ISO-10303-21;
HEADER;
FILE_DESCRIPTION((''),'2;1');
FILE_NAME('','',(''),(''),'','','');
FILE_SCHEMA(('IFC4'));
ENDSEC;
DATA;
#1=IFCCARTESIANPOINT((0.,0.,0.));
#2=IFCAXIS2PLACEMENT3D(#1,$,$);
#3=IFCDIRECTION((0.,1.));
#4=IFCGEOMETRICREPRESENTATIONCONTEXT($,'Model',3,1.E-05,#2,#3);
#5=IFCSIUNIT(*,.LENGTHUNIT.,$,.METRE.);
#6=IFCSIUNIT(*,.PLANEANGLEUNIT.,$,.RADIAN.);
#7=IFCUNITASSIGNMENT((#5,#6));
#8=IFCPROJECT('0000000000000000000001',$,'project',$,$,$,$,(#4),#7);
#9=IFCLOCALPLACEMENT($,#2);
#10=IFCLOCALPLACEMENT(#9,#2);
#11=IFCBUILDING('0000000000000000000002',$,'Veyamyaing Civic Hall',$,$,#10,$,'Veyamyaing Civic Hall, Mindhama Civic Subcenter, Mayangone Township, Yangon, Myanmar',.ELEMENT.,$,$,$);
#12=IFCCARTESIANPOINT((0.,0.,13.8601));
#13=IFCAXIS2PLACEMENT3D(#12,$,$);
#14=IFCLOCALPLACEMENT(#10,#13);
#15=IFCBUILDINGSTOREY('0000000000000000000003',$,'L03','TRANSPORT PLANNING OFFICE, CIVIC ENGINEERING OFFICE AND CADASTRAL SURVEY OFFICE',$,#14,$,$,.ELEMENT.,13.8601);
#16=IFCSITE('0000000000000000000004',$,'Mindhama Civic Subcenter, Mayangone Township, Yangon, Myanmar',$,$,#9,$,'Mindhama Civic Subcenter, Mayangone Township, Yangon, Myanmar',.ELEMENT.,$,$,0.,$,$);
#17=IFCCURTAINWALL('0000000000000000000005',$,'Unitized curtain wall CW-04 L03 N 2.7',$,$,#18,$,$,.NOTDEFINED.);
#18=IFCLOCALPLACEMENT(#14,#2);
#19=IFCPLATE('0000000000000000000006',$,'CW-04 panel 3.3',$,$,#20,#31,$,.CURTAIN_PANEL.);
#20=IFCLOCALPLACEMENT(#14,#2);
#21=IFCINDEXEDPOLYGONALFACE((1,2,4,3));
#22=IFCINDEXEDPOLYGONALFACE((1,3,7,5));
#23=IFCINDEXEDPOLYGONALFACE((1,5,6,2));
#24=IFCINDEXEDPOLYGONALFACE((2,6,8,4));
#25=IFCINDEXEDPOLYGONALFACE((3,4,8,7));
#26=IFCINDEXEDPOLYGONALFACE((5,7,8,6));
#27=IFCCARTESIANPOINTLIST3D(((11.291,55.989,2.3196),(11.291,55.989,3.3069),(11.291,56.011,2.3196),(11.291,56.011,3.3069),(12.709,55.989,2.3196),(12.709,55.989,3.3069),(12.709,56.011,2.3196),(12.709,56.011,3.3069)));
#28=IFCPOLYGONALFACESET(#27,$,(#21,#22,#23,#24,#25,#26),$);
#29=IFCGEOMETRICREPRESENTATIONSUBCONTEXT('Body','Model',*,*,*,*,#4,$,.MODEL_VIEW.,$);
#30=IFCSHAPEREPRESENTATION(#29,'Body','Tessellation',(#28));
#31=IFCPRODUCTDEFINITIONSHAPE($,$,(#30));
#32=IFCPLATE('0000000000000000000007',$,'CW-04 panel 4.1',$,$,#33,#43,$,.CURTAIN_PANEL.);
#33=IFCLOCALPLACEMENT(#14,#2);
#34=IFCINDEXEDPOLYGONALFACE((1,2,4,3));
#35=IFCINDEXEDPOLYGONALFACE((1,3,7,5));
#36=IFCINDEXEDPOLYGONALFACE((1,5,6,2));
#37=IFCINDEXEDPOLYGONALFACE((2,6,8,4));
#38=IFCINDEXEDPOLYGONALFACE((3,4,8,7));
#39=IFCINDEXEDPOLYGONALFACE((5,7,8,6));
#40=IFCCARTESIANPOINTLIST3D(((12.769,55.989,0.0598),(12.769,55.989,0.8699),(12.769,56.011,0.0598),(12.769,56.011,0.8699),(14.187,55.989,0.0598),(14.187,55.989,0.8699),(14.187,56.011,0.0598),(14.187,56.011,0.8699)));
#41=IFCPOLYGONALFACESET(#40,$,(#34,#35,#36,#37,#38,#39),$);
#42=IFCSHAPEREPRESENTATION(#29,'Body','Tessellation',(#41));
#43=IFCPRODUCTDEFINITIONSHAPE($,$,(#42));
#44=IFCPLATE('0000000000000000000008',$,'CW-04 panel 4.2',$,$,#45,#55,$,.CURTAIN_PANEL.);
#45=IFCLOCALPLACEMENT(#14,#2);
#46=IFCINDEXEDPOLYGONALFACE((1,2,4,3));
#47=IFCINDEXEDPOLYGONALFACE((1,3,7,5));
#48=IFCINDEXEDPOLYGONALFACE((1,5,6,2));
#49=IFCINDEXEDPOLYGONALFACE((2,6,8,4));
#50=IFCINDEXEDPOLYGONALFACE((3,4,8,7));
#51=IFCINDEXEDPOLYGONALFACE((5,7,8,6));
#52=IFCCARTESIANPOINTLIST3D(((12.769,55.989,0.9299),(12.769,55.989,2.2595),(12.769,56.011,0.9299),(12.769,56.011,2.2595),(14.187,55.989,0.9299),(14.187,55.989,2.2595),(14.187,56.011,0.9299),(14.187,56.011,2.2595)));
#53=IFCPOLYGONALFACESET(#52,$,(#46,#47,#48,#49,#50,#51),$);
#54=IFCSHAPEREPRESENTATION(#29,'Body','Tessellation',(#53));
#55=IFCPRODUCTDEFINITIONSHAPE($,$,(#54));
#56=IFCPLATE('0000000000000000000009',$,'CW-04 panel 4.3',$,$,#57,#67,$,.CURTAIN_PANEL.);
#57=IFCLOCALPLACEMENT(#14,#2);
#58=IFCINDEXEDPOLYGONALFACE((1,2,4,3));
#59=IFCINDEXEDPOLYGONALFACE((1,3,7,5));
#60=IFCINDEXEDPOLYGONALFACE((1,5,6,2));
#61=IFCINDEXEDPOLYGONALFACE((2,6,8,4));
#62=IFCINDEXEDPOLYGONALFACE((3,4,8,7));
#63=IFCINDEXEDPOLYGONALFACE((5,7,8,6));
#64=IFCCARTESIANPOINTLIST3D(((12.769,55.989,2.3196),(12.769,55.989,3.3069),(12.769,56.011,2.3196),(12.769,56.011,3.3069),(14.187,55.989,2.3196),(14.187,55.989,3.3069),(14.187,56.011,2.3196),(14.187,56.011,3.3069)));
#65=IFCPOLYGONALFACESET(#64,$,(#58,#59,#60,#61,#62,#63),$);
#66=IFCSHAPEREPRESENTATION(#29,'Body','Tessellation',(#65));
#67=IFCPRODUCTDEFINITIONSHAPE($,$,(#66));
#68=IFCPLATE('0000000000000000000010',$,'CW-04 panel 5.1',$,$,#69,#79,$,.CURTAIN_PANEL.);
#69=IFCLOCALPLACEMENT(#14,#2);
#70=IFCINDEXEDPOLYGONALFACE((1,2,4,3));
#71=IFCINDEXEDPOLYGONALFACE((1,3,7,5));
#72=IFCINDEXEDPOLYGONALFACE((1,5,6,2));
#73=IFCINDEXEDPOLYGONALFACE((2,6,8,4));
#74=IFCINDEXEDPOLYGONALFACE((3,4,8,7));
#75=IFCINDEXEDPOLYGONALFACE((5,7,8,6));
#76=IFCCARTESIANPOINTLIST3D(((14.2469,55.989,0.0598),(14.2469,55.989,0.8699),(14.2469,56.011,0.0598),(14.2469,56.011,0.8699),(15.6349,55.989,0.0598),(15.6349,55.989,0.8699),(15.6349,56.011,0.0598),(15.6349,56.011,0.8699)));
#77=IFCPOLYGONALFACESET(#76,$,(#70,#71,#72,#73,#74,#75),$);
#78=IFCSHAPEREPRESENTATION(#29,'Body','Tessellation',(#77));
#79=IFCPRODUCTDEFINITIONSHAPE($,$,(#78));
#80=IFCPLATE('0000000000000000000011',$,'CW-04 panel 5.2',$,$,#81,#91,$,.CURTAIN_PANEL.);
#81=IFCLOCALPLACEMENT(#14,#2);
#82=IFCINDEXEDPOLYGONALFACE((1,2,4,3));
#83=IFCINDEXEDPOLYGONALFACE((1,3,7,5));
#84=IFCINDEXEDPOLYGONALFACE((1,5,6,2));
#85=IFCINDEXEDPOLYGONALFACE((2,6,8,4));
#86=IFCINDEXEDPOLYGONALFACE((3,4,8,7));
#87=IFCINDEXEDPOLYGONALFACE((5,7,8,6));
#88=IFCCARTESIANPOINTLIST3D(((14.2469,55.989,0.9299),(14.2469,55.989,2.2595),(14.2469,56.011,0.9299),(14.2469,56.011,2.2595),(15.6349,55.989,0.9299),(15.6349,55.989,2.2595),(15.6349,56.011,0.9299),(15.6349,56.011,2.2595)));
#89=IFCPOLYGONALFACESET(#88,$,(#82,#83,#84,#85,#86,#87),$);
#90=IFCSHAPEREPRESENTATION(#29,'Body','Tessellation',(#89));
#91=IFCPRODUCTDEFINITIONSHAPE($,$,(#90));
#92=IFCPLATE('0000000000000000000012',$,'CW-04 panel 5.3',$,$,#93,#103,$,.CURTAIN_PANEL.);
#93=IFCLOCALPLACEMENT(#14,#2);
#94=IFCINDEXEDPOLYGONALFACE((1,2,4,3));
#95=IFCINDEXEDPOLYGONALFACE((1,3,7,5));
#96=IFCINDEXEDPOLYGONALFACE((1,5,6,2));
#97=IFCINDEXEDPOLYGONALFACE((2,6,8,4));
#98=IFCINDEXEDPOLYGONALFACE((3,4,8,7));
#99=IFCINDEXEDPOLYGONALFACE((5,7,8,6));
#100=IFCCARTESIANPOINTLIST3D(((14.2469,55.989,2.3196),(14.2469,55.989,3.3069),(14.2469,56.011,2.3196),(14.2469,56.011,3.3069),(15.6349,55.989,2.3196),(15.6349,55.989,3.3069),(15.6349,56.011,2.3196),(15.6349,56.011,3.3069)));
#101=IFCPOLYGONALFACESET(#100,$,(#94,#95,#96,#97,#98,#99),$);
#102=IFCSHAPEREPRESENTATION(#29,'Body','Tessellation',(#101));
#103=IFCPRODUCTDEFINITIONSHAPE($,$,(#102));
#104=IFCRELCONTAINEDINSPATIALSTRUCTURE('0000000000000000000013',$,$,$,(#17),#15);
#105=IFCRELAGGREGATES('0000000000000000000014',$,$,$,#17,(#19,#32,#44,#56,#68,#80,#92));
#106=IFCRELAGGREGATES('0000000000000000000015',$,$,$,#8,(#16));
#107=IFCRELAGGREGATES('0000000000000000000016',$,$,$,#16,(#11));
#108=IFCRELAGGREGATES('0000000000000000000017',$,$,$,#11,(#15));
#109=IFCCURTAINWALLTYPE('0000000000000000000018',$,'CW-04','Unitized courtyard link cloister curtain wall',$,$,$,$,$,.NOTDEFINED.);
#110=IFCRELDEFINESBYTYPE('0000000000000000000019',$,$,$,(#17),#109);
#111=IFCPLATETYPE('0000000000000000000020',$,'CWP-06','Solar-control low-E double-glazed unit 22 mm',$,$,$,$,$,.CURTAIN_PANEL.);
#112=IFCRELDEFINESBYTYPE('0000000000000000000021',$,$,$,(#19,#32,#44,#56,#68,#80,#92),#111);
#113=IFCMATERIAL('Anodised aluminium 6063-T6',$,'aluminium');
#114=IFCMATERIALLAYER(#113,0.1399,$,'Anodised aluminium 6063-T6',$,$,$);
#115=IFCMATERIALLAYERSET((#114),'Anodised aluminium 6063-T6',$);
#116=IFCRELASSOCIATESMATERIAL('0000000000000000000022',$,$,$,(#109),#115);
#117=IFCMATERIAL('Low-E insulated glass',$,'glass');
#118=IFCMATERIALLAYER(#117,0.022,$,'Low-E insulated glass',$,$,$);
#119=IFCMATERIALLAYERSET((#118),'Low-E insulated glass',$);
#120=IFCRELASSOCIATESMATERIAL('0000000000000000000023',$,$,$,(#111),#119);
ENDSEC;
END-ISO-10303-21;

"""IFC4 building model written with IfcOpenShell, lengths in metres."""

from ifc_helpers import new_model, si_unit, direction, frame, origin, origin_2d, place, context, subcontext, project, spatial, rectangle, extrude, material, layer, layer_set, type_object, element, aggregate, save


model = new_model("IFC4")

# Units and contexts
model_context = context("Model", 3, precision=1e-05, world=origin(), true_north=direction((0.0, 1.0)))
body_context = subcontext(model_context, "Body", "Model", "MODEL_VIEW")
ifc_project = project(units=[si_unit("LENGTHUNIT", "METRE"), si_unit("PLANEANGLEUNIT", "RADIAN")], contexts=[model_context])

# Site, building, storey
site_placement = place(None, origin())
site = spatial("IfcSite", under=ifc_project, at=site_placement, Name="Mindhama Civic Subcenter, Mayangone Township, Yangon, Myanmar", LongName="Mindhama Civic Subcenter, Mayangone Township, Yangon, Myanmar", CompositionType="ELEMENT", RefElevation=0.0)
building_placement = place(site_placement, origin())
building = spatial("IfcBuilding", under=site, at=building_placement, Name="Veyamyaing Civic Hall", LongName="Veyamyaing Civic Hall, Mindhama Civic Subcenter, Mayangone Township, Yangon, Myanmar", CompositionType="ELEMENT")
storey_placement = place(building_placement, frame((0.0, 0.0, 13.8601)))
storey = spatial("IfcBuildingStorey", under=building, at=storey_placement, Name="L03", Description="TRANSPORT PLANNING OFFICE, CIVIC ENGINEERING OFFICE AND CADASTRAL SURVEY OFFICE", CompositionType="ELEMENT", Elevation=13.8601)

# Curtain wall, plates
ifc_material_1 = material(Name="Anodised aluminium 6063-T6", Category="aluminium")
ifc_layer_1 = layer(ifc_material_1, 0.1399, Name="Anodised aluminium 6063-T6")
ifc_layer_set_1 = layer_set([ifc_layer_1], Name="Anodised aluminium 6063-T6")
curtain_wall_type = type_object("IfcCurtainWallType", Name="CW-04", Description="Unitized courtyard link cloister curtain wall", PredefinedType="NOTDEFINED", material=ifc_layer_set_1)
curtain_wall_placement = place(storey_placement, origin())
curtain_wall = element("IfcCurtainWall", 1, at=curtain_wall_placement, inside=storey, type_object=curtain_wall_type, Name="Unitized curtain wall CW-04 L03 N 2.7", PredefinedType="NOTDEFINED")
ifc_material_2 = material(Name="Low-E insulated glass", Category="glass")
ifc_layer_2 = layer(ifc_material_2, 0.022, Name="Low-E insulated glass")
ifc_layer_set_2 = layer_set([ifc_layer_2], Name="Low-E insulated glass")
plate_type = type_object("IfcPlateType", Name="CWP-06", Description="Solar-control low-E double-glazed unit 22 mm", PredefinedType="CURTAIN_PANEL", material=ifc_layer_set_2)
plate_1_placement = place(storey_placement, frame((12.0, 56.0, 2.3196), z_axis=(0.0, 0.0, 1.0), x_axis=(1.0, 0.0, 0.0)))
plate_1 = element("IfcPlate", 2, at=plate_1_placement, type_object=plate_type, Name="CW-04 panel 3.3", PredefinedType="CURTAIN_PANEL", context=body_context, shape_type="SweptSolid", body=[
    extrude(rectangle(XDim=1.418, YDim=0.022, at=origin_2d()), origin(), (0.0, 0.0, 1.0), 0.9873),
])
plate_2_placement = place(storey_placement, frame((13.478, 56.0, 0.0598), z_axis=(0.0, 0.0, 1.0), x_axis=(1.0, 0.0, 0.0)))
plate_2 = element("IfcPlate", 3, at=plate_2_placement, type_object=plate_type, Name="CW-04 panel 4.1", PredefinedType="CURTAIN_PANEL", context=body_context, shape_type="SweptSolid", body=[
    extrude(rectangle(XDim=1.418, YDim=0.022, at=origin_2d()), origin(), (0.0, 0.0, 1.0), 0.8101),
])
plate_3_placement = place(storey_placement, frame((13.478, 56.0, 0.9299), z_axis=(0.0, 0.0, 1.0), x_axis=(1.0, 0.0, 0.0)))
plate_3 = element("IfcPlate", 4, at=plate_3_placement, type_object=plate_type, Name="CW-04 panel 4.2", PredefinedType="CURTAIN_PANEL", context=body_context, shape_type="SweptSolid", body=[
    extrude(rectangle(XDim=1.418, YDim=0.022, at=origin_2d()), origin(), (0.0, 0.0, 1.0), 1.3296),
])
plate_4_placement = place(storey_placement, frame((13.478, 56.0, 2.3196), z_axis=(0.0, 0.0, 1.0), x_axis=(1.0, 0.0, 0.0)))
plate_4 = element("IfcPlate", 5, at=plate_4_placement, type_object=plate_type, Name="CW-04 panel 4.3", PredefinedType="CURTAIN_PANEL", context=body_context, shape_type="SweptSolid", body=[
    extrude(rectangle(XDim=1.418, YDim=0.022, at=origin_2d()), origin(), (0.0, 0.0, 1.0), 0.9873),
])
plate_5_placement = place(storey_placement, frame((14.9409, 56.0, 0.0598), z_axis=(0.0, 0.0, 1.0), x_axis=(1.0, 0.0, 0.0)))
plate_5 = element("IfcPlate", 6, at=plate_5_placement, type_object=plate_type, Name="CW-04 panel 5.1", PredefinedType="CURTAIN_PANEL", context=body_context, shape_type="SweptSolid", body=[
    extrude(rectangle(XDim=1.3879, YDim=0.022, at=origin_2d()), origin(), (0.0, 0.0, 1.0), 0.8101),
])
plate_6_placement = place(storey_placement, frame((14.9409, 56.0, 0.9299), z_axis=(0.0, 0.0, 1.0), x_axis=(1.0, 0.0, 0.0)))
plate_6 = element("IfcPlate", 7, at=plate_6_placement, type_object=plate_type, Name="CW-04 panel 5.2", PredefinedType="CURTAIN_PANEL", context=body_context, shape_type="SweptSolid", body=[
    extrude(rectangle(XDim=1.3879, YDim=0.022, at=origin_2d()), origin(), (0.0, 0.0, 1.0), 1.3296),
])
plate_7_placement = place(storey_placement, frame((14.9409, 56.0, 2.3196), z_axis=(0.0, 0.0, 1.0), x_axis=(1.0, 0.0, 0.0)))
plate_7 = element("IfcPlate", 8, at=plate_7_placement, type_object=plate_type, Name="CW-04 panel 5.3", PredefinedType="CURTAIN_PANEL", context=body_context, shape_type="SweptSolid", body=[
    extrude(rectangle(XDim=1.3879, YDim=0.022, at=origin_2d()), origin(), (0.0, 0.0, 1.0), 0.9873),
])
aggregate(curtain_wall, [plate_1, plate_2, plate_3, plate_4, plate_5, plate_6, plate_7])

save(model, "model.ifc")
